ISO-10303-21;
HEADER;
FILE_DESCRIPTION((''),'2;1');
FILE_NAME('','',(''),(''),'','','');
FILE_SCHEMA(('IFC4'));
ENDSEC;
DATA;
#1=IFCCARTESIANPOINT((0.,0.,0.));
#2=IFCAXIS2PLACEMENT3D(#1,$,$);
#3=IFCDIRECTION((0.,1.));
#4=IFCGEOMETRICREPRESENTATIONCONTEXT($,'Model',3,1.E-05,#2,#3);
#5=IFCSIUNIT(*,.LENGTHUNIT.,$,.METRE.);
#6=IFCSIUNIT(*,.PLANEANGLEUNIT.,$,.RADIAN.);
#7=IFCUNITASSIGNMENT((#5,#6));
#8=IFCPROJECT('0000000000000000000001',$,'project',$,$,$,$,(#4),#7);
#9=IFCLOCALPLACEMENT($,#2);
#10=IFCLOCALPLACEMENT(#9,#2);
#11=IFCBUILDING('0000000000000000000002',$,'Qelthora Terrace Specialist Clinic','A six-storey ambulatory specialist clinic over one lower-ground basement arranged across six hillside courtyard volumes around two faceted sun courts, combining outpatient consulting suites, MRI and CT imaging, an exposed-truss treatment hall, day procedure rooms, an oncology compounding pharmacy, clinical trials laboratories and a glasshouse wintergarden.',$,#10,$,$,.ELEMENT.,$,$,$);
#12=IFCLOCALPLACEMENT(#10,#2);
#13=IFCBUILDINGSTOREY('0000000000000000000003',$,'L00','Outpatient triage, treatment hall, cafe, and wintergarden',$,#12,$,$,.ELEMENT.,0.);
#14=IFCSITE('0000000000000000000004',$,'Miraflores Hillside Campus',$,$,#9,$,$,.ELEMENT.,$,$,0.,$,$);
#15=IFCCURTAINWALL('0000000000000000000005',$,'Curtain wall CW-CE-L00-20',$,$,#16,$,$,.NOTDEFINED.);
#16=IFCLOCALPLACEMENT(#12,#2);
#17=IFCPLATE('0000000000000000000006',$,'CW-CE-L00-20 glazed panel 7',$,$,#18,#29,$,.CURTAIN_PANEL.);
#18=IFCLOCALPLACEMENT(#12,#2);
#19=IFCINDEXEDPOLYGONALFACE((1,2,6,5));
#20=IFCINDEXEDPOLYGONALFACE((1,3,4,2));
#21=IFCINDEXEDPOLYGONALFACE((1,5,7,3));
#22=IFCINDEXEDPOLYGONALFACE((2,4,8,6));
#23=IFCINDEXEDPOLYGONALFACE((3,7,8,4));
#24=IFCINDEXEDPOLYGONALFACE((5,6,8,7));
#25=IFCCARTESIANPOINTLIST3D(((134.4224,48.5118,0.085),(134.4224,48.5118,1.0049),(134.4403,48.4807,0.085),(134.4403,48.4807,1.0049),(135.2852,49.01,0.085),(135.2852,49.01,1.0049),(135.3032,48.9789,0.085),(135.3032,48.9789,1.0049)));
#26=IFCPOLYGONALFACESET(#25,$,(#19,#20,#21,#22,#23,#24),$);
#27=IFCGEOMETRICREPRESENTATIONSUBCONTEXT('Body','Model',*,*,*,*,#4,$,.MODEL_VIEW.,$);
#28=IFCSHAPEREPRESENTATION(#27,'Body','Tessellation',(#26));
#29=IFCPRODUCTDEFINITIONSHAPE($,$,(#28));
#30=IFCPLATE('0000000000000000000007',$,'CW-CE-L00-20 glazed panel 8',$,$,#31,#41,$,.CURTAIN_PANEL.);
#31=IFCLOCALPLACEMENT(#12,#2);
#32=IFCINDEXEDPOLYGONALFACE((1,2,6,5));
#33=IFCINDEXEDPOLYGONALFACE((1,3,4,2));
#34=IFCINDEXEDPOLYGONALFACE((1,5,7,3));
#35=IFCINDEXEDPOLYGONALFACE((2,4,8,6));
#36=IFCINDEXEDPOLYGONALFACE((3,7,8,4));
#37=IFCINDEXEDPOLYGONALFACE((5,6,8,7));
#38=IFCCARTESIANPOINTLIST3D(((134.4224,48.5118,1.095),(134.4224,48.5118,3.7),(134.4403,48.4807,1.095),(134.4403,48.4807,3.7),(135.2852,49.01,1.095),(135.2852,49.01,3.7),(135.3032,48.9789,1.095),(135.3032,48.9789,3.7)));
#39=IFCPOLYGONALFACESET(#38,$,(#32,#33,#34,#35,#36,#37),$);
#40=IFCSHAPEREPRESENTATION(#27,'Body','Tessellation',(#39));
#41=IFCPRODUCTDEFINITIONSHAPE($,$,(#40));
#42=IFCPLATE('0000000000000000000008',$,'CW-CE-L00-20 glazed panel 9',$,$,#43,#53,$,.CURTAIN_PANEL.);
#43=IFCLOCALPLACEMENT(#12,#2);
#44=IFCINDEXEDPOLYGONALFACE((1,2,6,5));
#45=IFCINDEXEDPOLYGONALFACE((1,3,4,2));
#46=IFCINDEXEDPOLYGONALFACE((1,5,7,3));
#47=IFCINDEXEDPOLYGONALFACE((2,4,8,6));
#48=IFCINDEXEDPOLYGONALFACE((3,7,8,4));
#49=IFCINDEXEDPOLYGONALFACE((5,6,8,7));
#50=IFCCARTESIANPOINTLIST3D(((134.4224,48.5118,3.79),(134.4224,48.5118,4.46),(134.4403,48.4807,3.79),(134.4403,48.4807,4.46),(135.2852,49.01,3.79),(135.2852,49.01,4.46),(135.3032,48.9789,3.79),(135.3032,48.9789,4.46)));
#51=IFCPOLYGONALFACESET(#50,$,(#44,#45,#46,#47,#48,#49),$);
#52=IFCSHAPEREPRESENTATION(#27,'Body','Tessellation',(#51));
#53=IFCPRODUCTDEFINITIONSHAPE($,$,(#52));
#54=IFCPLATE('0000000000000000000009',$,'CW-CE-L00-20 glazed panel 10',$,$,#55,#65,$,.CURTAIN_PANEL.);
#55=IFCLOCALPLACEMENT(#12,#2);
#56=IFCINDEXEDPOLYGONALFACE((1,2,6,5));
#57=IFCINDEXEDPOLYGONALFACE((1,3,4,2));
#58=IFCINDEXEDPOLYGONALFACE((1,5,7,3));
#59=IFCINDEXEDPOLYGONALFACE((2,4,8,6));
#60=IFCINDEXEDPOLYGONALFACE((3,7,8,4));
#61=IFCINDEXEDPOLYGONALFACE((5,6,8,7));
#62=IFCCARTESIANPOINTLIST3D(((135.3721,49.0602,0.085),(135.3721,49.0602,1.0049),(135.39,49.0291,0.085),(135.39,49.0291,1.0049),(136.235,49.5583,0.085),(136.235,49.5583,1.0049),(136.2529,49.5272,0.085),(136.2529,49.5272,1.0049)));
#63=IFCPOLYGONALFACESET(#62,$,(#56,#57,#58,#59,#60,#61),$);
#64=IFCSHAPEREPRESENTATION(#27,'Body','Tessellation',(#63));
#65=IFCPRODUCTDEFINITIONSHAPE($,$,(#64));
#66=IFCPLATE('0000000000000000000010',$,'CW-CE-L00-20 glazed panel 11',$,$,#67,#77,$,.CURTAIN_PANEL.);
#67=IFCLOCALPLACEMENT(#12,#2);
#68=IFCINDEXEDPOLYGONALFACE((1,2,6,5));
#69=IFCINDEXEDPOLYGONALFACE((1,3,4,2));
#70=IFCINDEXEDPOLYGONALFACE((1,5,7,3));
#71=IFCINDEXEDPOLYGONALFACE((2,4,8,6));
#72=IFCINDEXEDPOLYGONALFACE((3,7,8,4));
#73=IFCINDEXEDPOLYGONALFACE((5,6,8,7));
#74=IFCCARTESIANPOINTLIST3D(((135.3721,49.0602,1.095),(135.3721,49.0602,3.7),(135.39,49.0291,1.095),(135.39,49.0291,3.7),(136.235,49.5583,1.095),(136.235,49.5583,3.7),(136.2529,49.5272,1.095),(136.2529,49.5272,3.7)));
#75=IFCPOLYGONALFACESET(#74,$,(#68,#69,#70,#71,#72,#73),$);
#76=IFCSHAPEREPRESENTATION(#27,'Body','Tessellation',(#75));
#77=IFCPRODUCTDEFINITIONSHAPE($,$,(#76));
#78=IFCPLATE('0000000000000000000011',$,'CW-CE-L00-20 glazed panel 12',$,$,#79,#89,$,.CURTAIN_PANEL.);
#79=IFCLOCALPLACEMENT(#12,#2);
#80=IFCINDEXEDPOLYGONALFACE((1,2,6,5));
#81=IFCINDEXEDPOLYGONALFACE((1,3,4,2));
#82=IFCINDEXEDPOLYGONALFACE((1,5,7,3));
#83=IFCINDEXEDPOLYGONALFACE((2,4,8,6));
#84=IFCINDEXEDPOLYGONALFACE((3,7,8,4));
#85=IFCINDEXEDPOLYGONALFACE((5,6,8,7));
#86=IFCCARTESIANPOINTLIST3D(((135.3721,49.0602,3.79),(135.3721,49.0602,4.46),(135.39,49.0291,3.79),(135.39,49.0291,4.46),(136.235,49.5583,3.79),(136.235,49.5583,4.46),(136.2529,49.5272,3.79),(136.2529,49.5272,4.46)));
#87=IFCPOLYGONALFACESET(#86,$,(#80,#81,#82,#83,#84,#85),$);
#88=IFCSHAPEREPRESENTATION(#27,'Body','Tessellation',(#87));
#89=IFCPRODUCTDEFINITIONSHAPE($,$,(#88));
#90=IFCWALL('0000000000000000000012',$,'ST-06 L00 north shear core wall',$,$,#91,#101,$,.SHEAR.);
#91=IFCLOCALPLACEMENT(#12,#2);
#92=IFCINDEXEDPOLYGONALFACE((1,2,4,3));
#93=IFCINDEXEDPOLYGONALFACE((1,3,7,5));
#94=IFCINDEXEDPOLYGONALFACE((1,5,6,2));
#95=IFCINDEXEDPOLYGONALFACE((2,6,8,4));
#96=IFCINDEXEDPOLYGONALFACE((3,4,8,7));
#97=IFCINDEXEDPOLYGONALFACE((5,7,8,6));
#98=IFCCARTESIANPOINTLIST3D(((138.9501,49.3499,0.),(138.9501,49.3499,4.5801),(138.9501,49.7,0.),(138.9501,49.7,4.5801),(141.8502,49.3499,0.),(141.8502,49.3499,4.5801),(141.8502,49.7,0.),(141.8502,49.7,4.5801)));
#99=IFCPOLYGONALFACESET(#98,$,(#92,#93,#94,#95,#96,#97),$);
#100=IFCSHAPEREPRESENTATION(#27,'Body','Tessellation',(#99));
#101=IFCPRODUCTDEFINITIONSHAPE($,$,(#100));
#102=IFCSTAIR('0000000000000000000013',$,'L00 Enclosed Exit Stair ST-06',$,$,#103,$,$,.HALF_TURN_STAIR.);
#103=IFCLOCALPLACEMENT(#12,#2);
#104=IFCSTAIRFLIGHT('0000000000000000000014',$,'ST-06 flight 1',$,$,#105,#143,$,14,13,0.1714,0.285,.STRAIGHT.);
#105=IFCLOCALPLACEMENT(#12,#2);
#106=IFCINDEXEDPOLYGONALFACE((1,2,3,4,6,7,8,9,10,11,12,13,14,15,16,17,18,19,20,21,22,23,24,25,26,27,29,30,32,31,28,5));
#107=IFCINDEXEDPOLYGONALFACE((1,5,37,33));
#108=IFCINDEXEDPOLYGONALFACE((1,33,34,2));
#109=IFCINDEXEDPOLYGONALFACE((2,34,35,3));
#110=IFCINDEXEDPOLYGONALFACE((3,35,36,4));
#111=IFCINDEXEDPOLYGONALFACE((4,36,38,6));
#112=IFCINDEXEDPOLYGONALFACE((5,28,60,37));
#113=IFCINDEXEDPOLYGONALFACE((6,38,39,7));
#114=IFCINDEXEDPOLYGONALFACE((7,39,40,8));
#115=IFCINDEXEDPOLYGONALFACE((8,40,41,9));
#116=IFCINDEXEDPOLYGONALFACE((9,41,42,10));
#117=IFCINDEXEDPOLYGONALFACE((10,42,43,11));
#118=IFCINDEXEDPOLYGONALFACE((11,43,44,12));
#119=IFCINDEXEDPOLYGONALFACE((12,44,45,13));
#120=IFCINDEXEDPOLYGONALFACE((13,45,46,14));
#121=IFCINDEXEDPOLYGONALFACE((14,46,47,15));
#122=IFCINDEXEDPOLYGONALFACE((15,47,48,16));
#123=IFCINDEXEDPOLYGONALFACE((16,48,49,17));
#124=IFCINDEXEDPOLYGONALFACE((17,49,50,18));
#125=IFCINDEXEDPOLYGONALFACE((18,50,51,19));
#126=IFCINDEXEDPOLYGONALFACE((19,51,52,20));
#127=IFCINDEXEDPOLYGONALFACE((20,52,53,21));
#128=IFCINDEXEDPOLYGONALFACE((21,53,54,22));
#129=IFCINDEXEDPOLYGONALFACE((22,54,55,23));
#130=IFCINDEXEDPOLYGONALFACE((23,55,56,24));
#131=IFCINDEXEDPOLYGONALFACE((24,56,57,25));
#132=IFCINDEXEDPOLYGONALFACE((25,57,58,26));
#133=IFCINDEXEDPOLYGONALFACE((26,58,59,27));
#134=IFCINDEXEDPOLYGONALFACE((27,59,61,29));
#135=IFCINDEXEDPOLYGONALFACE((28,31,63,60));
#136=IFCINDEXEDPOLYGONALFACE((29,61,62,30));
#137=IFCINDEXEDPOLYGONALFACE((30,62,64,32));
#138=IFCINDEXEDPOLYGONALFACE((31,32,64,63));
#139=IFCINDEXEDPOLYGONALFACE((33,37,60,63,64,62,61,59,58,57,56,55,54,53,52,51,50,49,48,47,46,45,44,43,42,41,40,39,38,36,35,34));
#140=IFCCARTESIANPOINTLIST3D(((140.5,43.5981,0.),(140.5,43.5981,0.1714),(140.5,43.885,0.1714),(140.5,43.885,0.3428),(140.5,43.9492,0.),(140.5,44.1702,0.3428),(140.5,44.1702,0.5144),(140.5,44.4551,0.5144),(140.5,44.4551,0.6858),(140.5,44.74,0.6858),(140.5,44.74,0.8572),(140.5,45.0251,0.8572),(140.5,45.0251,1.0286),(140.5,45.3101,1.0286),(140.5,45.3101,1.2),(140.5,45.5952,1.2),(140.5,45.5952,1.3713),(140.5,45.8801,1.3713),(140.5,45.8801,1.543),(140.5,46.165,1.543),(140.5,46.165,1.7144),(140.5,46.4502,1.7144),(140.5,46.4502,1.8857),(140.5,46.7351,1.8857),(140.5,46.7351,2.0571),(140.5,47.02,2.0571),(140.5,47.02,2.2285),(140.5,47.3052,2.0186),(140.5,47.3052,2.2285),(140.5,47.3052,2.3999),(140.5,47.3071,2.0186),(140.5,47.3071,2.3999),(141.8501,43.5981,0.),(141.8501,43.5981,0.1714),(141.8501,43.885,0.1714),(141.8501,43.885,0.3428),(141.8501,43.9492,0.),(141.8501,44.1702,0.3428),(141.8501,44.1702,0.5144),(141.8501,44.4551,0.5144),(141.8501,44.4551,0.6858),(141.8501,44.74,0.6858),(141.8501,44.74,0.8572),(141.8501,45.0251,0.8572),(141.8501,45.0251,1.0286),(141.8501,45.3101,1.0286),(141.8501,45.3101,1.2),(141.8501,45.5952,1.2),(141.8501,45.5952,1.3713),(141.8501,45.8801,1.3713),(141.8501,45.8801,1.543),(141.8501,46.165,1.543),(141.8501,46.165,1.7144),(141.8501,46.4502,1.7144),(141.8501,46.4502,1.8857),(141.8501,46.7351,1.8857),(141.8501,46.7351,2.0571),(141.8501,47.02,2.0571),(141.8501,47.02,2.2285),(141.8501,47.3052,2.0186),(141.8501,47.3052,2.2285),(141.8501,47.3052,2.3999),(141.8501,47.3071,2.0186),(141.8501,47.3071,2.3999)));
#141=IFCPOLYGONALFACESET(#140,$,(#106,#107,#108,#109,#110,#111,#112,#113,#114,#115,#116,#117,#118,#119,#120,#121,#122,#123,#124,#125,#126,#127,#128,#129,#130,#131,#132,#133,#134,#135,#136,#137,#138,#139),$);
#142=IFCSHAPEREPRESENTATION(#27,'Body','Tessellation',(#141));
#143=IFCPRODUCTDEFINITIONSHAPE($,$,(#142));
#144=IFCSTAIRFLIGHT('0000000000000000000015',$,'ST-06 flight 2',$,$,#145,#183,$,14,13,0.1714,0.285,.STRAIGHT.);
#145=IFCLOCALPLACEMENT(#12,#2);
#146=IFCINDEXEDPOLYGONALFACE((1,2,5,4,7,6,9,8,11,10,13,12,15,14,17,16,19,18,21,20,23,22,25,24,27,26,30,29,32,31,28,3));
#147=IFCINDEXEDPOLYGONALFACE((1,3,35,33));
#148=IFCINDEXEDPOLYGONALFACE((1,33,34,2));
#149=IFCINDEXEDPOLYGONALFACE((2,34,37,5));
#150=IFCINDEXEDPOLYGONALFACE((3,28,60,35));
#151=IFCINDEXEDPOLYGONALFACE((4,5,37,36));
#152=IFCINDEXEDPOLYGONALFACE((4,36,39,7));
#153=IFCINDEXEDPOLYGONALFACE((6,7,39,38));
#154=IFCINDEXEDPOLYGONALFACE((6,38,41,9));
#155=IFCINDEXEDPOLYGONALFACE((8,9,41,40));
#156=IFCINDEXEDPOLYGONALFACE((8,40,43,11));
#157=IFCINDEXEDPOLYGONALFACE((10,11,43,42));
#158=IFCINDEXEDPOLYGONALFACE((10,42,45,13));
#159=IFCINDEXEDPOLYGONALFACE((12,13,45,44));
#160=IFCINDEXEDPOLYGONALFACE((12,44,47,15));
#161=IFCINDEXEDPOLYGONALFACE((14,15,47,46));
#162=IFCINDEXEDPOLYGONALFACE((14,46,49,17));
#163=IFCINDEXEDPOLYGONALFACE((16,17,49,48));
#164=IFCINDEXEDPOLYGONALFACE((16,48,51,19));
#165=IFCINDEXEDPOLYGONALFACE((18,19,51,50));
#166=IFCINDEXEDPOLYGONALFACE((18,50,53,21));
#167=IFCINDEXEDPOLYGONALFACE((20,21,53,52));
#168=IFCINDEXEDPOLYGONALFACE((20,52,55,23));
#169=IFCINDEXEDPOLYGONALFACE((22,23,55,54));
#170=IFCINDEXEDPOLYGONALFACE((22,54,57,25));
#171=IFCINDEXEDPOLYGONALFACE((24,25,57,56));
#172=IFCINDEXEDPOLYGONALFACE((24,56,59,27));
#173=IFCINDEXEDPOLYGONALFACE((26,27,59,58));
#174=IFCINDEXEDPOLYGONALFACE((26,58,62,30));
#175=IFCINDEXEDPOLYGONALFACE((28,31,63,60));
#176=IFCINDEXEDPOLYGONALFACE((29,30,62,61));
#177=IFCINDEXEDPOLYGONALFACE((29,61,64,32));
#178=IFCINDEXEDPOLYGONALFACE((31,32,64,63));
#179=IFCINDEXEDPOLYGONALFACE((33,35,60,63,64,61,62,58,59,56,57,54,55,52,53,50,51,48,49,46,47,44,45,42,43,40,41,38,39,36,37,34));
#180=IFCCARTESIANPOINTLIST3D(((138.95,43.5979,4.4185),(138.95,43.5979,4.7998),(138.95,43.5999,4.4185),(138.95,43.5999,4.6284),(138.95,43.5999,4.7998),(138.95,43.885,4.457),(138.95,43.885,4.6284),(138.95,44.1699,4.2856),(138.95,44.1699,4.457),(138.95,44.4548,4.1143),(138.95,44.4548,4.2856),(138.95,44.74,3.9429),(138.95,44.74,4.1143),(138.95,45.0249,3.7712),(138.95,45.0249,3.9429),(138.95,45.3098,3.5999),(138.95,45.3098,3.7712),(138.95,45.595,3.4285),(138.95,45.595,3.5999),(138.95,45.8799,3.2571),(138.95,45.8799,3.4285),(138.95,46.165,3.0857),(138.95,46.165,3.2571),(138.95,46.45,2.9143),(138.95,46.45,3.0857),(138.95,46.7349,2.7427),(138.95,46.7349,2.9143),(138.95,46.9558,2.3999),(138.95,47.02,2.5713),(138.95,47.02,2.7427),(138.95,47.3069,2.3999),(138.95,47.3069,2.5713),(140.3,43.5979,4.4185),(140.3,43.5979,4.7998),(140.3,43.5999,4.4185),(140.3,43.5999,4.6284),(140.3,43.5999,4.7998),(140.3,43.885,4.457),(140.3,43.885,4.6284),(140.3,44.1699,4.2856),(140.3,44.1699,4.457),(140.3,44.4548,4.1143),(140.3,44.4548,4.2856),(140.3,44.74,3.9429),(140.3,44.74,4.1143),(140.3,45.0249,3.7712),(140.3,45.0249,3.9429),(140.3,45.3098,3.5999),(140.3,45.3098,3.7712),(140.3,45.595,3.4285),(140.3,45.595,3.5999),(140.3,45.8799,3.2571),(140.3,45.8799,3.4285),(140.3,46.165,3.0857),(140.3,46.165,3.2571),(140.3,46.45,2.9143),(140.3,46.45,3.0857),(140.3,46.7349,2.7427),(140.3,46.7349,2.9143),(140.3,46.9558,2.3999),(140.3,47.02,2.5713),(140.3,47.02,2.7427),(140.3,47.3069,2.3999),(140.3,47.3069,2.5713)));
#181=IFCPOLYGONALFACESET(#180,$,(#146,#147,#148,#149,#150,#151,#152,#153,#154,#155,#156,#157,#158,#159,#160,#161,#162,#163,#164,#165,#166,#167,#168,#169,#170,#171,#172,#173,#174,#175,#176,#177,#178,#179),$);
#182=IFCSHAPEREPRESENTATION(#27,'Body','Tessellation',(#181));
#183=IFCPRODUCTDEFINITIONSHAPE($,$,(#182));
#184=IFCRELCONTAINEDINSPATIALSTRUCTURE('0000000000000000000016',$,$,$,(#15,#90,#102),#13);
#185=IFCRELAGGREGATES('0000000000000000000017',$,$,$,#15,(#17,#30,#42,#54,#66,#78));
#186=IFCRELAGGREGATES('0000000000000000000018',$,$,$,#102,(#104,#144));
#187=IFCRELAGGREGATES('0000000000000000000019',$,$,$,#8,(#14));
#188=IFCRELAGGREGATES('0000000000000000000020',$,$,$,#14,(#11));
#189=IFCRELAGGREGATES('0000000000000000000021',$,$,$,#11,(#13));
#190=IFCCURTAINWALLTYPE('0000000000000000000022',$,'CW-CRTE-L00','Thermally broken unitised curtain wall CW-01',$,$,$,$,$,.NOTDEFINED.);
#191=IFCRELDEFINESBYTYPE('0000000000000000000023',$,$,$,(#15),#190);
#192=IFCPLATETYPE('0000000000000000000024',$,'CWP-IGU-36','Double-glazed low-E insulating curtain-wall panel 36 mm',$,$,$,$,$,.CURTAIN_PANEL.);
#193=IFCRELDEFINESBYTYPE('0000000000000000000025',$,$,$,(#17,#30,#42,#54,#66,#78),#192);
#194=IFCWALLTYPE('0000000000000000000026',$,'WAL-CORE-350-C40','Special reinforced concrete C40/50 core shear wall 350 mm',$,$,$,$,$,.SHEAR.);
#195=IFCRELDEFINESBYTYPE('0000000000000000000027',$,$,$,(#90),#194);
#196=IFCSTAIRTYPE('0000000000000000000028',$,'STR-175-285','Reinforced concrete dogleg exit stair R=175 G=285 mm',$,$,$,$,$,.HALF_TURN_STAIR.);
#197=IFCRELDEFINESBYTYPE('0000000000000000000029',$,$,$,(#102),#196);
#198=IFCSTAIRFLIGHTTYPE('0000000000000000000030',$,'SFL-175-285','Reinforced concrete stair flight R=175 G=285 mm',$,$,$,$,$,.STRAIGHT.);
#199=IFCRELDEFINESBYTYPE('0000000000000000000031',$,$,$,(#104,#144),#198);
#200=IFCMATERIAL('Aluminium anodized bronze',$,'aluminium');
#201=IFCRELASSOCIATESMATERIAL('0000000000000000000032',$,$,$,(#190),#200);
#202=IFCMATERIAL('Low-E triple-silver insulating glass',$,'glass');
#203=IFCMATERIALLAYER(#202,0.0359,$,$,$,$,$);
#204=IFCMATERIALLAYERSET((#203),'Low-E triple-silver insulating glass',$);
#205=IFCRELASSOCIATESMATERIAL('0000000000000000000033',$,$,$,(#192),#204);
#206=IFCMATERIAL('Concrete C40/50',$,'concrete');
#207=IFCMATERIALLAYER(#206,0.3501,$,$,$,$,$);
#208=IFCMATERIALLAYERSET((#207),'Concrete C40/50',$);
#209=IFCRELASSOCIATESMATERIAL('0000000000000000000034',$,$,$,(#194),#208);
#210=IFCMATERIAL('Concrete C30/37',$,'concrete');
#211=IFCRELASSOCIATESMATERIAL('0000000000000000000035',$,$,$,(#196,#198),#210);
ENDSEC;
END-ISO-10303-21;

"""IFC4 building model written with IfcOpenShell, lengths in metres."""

from ifc_helpers import new_model, si_unit, direction, frame, frame_2d, origin, origin_2d, place, context, subcontext, project, spatial, polyline, rectangle, outline, extrude, material, layer, layer_set, type_object, element, aggregate, save


model = new_model("IFC4")

# Units and contexts
model_context = context("Model", 3, precision=1e-05, world=origin(), true_north=direction((0.0, 1.0)))
body_context = subcontext(model_context, "Body", "Model", "MODEL_VIEW")
ifc_project = project(units=[si_unit("LENGTHUNIT", "METRE"), si_unit("PLANEANGLEUNIT", "RADIAN")], contexts=[model_context])

# Site, building, storey
site_placement = place(None, origin())
site = spatial("IfcSite", under=ifc_project, at=site_placement, Name="Miraflores Hillside Campus", CompositionType="ELEMENT", RefElevation=0.0)
building_placement = place(site_placement, origin())
building = spatial("IfcBuilding", under=site, at=building_placement, Name="Qelthora Terrace Specialist Clinic", Description="A six-storey ambulatory specialist clinic over one lower-ground basement arranged across six hillside courtyard volumes around two faceted sun courts, combining outpatient consulting suites, MRI and CT imaging, an exposed-truss treatment hall, day procedure rooms, an oncology compounding pharmacy, clinical trials laboratories and a glasshouse wintergarden.", CompositionType="ELEMENT")
storey_placement = place(building_placement, origin())
storey = spatial("IfcBuildingStorey", under=building, at=storey_placement, Name="L00", Description="Outpatient triage, treatment hall, cafe, and wintergarden", CompositionType="ELEMENT", Elevation=0.0)

# Curtain wall
ifc_material_1 = material(Name="Aluminium anodized bronze", Category="aluminium")
curtain_wall_type = type_object("IfcCurtainWallType", Name="CW-CRTE-L00", Description="Thermally broken unitised curtain wall CW-01", PredefinedType="NOTDEFINED", material=ifc_material_1)
curtain_wall_1_placement = place(storey_placement, origin())
curtain_wall_1 = element("IfcCurtainWall", 1, at=curtain_wall_1_placement, inside=storey, type_object=curtain_wall_type, Name="Curtain wall CW-CE-L00-20", PredefinedType="NOTDEFINED")

# Plates
ifc_material_2 = material(Name="Low-E triple-silver insulating glass", Category="glass")
ifc_layer_1 = layer(ifc_material_2, 0.0359)
ifc_layer_set_1 = layer_set([ifc_layer_1], Name="Low-E triple-silver insulating glass")
plate_type = type_object("IfcPlateType", Name="CWP-IGU-36", Description="Double-glazed low-E insulating curtain-wall panel 36 mm", PredefinedType="CURTAIN_PANEL", material=ifc_layer_set_1)
plate_1_placement = place(storey_placement, frame((134.8628, 48.7454, 0.085), z_axis=(0.0, 0.0, 1.0), x_axis=(0.866025, 0.5, 0.0)))
plate_1 = element("IfcPlate", 2, at=plate_1_placement, type_object=plate_type, Name="CW-CE-L00-20 glazed panel 7", PredefinedType="CURTAIN_PANEL", context=body_context, shape_type="SweptSolid", body=[
    extrude(rectangle(XDim=0.9963, YDim=0.0359, at=origin_2d()), origin(), (0.0, 0.0, 1.0), 0.9199),
])
plate_2_placement = place(storey_placement, frame((134.8628, 48.7454, 1.095), z_axis=(0.0, 0.0, 1.0), x_axis=(0.866025, 0.5, 0.0)))
plate_2 = element("IfcPlate", 3, at=plate_2_placement, type_object=plate_type, Name="CW-CE-L00-20 glazed panel 8", PredefinedType="CURTAIN_PANEL", context=body_context, shape_type="SweptSolid", body=[
    extrude(rectangle(XDim=0.9963, YDim=0.0359, at=origin_2d()), origin(), (0.0, 0.0, 1.0), 2.605),
])
plate_3_placement = place(storey_placement, frame((134.8628, 48.7454, 3.79), z_axis=(0.0, 0.0, 1.0), x_axis=(0.866025, 0.5, 0.0)))
plate_3 = element("IfcPlate", 4, at=plate_3_placement, type_object=plate_type, Name="CW-CE-L00-20 glazed panel 9", PredefinedType="CURTAIN_PANEL", context=body_context, shape_type="SweptSolid", body=[
    extrude(rectangle(XDim=0.9963, YDim=0.0359, at=origin_2d()), origin(), (0.0, 0.0, 1.0), 0.6699),
])
plate_4_placement = place(storey_placement, frame((135.8125, 49.2937, 0.085), z_axis=(0.0, 0.0, 1.0), x_axis=(0.866025, 0.5, 0.0)))
plate_4 = element("IfcPlate", 5, at=plate_4_placement, type_object=plate_type, Name="CW-CE-L00-20 glazed panel 10", PredefinedType="CURTAIN_PANEL", context=body_context, shape_type="SweptSolid", body=[
    extrude(rectangle(XDim=0.9963, YDim=0.0359, at=origin_2d()), origin(), (0.0, 0.0, 1.0), 0.9199),
])
plate_5_placement = place(storey_placement, frame((135.8125, 49.2937, 1.095), z_axis=(0.0, 0.0, 1.0), x_axis=(0.866025, 0.5, 0.0)))
plate_5 = element("IfcPlate", 6, at=plate_5_placement, type_object=plate_type, Name="CW-CE-L00-20 glazed panel 11", PredefinedType="CURTAIN_PANEL", context=body_context, shape_type="SweptSolid", body=[
    extrude(rectangle(XDim=0.9963, YDim=0.0359, at=origin_2d()), origin(), (0.0, 0.0, 1.0), 2.605),
])
plate_6_placement = place(storey_placement, frame((135.8125, 49.2937, 3.79), z_axis=(0.0, 0.0, 1.0), x_axis=(0.866025, 0.5, 0.0)))
plate_6 = element("IfcPlate", 7, at=plate_6_placement, type_object=plate_type, Name="CW-CE-L00-20 glazed panel 12", PredefinedType="CURTAIN_PANEL", context=body_context, shape_type="SweptSolid", body=[
    extrude(rectangle(XDim=0.9963, YDim=0.0359, at=origin_2d()), origin(), (0.0, 0.0, 1.0), 0.6699),
])
aggregate(curtain_wall_1, [plate_1, plate_2, plate_3, plate_4, plate_5, plate_6])

# Wall
ifc_material_3 = material(Name="Concrete C40/50", Category="concrete")
ifc_layer_2 = layer(ifc_material_3, 0.3501)
ifc_layer_set_2 = layer_set([ifc_layer_2], Name="Concrete C40/50")
wall_type = type_object("IfcWallType", Name="WAL-CORE-350-C40", Description="Special reinforced concrete C40/50 core shear wall 350 mm", PredefinedType="SHEAR", material=ifc_layer_set_2)
wall_placement = place(storey_placement, frame((138.95, 49.5249, 0.0), z_axis=(0.0, 0.0, 1.0), x_axis=(1.0, 0.0, 0.0)))
element("IfcWall", 8, at=wall_placement, inside=storey, type_object=wall_type, Name="ST-06 L00 north shear core wall", PredefinedType="SHEAR", context=body_context, shape_type="SweptSolid", body=[
    extrude(rectangle(XDim=2.9001, YDim=0.3501, at=frame_2d((1.4502, 0.0))), origin(), (0.0, 0.0, 1.0), 4.5801),
])

# Stair, stair flights
ifc_material_4 = material(Name="Concrete C30/37", Category="concrete")
stair_type = type_object("IfcStairType", Name="STR-175-285", Description="Reinforced concrete dogleg exit stair R=175 G=285 mm", PredefinedType="HALF_TURN_STAIR", material=ifc_material_4)
stair_placement = place(storey_placement, origin())
stair = element("IfcStair", 9, at=stair_placement, inside=storey, type_object=stair_type, Name="L00 Enclosed Exit Stair ST-06", PredefinedType="HALF_TURN_STAIR")
stair_flight_type = type_object("IfcStairFlightType", Name="SFL-175-285", Description="Reinforced concrete stair flight R=175 G=285 mm", PredefinedType="STRAIGHT", material=ifc_material_4)
stair_flight_1_placement = place(storey_placement, frame((141.175, 43.6001, 0.0), z_axis=(0.0, 0.0, 1.0), x_axis=(0.0, 1.0, 0.0)))
stair_flight_1 = element("IfcStairFlight", 10, at=stair_flight_1_placement, type_object=stair_flight_type, Name="ST-06 flight 1", NumberOfRisers=14, NumberOfTreads=13, PredefinedType="STRAIGHT", RiserHeight=0.1714, TreadLength=0.285, context=body_context, shape_type="SweptSolid", body=[
    extrude(outline(polyline([(-0.002, 0.0), (-0.002, 0.1714), (0.2849, 0.1714), (0.2849, 0.3428), (0.5701, 0.3428), (0.5701, 0.5144), (0.855, 0.5144), (0.855, 0.6858), (1.1399, 0.6858), (1.1399, 0.8572), (1.425, 0.8572), (1.425, 1.0286), (1.71, 1.0286), (1.71, 1.2), (1.9951, 1.2), (1.9951, 1.3713), (2.28, 1.3713), (2.28, 1.543), (2.5649, 1.543), (2.5649, 1.7144), (2.8501, 1.7144), (2.8501, 1.8857), (3.135, 1.8857), (3.135, 2.0571), (3.4199, 2.0571), (3.4199, 2.2285), (3.7051, 2.2285), (3.7051, 2.3999), (3.707, 2.3999), (3.707, 2.0186), (3.7051, 2.0186), (0.3491, 0.0), (-0.002, 0.0)])), frame((0.0, 0.675, 0.0), z_axis=(0.0, -1.0, 0.0), x_axis=(1.0, 0.0, 0.0)), (0.0, 0.0, 1.0), 1.3501),
])
stair_flight_2_placement = place(storey_placement, frame((139.625, 47.3049, 2.3999), z_axis=(0.0, 0.0, 1.0), x_axis=(0.0, -1.0, 0.0)))
stair_flight_2 = element("IfcStairFlight", 11, at=stair_flight_2_placement, type_object=stair_flight_type, Name="ST-06 flight 2", NumberOfRisers=14, NumberOfTreads=13, PredefinedType="STRAIGHT", RiserHeight=0.1714, TreadLength=0.285, context=body_context, shape_type="SweptSolid", body=[
    extrude(outline(polyline([(-0.002, 0.0), (-0.002, 0.1714), (0.2849, 0.1714), (0.2849, 0.3428), (0.5701, 0.3428), (0.5701, 0.5144), (0.855, 0.5144), (0.855, 0.6858), (1.1399, 0.6858), (1.1399, 0.8572), (1.425, 0.8572), (1.425, 1.0286), (1.71, 1.0286), (1.71, 1.2), (1.9951, 1.2), (1.9951, 1.3713), (2.28, 1.3713), (2.28, 1.543), (2.5649, 1.543), (2.5649, 1.7144), (2.8501, 1.7144), (2.8501, 1.8857), (3.135, 1.8857), (3.135, 2.0571), (3.4199, 2.0571), (3.4199, 2.2285), (3.7051, 2.2285), (3.7051, 2.3999), (3.707, 2.3999), (3.707, 2.0186), (3.7051, 2.0186), (0.3491, 0.0), (-0.002, 0.0)])), frame((0.0, 0.675, 0.0), z_axis=(0.0, -1.0, 0.0), x_axis=(1.0, 0.0, 0.0)), (0.0, 0.0, 1.0), 1.3501),
])
aggregate(stair, [stair_flight_1, stair_flight_2])

save(model, "model.ifc")
